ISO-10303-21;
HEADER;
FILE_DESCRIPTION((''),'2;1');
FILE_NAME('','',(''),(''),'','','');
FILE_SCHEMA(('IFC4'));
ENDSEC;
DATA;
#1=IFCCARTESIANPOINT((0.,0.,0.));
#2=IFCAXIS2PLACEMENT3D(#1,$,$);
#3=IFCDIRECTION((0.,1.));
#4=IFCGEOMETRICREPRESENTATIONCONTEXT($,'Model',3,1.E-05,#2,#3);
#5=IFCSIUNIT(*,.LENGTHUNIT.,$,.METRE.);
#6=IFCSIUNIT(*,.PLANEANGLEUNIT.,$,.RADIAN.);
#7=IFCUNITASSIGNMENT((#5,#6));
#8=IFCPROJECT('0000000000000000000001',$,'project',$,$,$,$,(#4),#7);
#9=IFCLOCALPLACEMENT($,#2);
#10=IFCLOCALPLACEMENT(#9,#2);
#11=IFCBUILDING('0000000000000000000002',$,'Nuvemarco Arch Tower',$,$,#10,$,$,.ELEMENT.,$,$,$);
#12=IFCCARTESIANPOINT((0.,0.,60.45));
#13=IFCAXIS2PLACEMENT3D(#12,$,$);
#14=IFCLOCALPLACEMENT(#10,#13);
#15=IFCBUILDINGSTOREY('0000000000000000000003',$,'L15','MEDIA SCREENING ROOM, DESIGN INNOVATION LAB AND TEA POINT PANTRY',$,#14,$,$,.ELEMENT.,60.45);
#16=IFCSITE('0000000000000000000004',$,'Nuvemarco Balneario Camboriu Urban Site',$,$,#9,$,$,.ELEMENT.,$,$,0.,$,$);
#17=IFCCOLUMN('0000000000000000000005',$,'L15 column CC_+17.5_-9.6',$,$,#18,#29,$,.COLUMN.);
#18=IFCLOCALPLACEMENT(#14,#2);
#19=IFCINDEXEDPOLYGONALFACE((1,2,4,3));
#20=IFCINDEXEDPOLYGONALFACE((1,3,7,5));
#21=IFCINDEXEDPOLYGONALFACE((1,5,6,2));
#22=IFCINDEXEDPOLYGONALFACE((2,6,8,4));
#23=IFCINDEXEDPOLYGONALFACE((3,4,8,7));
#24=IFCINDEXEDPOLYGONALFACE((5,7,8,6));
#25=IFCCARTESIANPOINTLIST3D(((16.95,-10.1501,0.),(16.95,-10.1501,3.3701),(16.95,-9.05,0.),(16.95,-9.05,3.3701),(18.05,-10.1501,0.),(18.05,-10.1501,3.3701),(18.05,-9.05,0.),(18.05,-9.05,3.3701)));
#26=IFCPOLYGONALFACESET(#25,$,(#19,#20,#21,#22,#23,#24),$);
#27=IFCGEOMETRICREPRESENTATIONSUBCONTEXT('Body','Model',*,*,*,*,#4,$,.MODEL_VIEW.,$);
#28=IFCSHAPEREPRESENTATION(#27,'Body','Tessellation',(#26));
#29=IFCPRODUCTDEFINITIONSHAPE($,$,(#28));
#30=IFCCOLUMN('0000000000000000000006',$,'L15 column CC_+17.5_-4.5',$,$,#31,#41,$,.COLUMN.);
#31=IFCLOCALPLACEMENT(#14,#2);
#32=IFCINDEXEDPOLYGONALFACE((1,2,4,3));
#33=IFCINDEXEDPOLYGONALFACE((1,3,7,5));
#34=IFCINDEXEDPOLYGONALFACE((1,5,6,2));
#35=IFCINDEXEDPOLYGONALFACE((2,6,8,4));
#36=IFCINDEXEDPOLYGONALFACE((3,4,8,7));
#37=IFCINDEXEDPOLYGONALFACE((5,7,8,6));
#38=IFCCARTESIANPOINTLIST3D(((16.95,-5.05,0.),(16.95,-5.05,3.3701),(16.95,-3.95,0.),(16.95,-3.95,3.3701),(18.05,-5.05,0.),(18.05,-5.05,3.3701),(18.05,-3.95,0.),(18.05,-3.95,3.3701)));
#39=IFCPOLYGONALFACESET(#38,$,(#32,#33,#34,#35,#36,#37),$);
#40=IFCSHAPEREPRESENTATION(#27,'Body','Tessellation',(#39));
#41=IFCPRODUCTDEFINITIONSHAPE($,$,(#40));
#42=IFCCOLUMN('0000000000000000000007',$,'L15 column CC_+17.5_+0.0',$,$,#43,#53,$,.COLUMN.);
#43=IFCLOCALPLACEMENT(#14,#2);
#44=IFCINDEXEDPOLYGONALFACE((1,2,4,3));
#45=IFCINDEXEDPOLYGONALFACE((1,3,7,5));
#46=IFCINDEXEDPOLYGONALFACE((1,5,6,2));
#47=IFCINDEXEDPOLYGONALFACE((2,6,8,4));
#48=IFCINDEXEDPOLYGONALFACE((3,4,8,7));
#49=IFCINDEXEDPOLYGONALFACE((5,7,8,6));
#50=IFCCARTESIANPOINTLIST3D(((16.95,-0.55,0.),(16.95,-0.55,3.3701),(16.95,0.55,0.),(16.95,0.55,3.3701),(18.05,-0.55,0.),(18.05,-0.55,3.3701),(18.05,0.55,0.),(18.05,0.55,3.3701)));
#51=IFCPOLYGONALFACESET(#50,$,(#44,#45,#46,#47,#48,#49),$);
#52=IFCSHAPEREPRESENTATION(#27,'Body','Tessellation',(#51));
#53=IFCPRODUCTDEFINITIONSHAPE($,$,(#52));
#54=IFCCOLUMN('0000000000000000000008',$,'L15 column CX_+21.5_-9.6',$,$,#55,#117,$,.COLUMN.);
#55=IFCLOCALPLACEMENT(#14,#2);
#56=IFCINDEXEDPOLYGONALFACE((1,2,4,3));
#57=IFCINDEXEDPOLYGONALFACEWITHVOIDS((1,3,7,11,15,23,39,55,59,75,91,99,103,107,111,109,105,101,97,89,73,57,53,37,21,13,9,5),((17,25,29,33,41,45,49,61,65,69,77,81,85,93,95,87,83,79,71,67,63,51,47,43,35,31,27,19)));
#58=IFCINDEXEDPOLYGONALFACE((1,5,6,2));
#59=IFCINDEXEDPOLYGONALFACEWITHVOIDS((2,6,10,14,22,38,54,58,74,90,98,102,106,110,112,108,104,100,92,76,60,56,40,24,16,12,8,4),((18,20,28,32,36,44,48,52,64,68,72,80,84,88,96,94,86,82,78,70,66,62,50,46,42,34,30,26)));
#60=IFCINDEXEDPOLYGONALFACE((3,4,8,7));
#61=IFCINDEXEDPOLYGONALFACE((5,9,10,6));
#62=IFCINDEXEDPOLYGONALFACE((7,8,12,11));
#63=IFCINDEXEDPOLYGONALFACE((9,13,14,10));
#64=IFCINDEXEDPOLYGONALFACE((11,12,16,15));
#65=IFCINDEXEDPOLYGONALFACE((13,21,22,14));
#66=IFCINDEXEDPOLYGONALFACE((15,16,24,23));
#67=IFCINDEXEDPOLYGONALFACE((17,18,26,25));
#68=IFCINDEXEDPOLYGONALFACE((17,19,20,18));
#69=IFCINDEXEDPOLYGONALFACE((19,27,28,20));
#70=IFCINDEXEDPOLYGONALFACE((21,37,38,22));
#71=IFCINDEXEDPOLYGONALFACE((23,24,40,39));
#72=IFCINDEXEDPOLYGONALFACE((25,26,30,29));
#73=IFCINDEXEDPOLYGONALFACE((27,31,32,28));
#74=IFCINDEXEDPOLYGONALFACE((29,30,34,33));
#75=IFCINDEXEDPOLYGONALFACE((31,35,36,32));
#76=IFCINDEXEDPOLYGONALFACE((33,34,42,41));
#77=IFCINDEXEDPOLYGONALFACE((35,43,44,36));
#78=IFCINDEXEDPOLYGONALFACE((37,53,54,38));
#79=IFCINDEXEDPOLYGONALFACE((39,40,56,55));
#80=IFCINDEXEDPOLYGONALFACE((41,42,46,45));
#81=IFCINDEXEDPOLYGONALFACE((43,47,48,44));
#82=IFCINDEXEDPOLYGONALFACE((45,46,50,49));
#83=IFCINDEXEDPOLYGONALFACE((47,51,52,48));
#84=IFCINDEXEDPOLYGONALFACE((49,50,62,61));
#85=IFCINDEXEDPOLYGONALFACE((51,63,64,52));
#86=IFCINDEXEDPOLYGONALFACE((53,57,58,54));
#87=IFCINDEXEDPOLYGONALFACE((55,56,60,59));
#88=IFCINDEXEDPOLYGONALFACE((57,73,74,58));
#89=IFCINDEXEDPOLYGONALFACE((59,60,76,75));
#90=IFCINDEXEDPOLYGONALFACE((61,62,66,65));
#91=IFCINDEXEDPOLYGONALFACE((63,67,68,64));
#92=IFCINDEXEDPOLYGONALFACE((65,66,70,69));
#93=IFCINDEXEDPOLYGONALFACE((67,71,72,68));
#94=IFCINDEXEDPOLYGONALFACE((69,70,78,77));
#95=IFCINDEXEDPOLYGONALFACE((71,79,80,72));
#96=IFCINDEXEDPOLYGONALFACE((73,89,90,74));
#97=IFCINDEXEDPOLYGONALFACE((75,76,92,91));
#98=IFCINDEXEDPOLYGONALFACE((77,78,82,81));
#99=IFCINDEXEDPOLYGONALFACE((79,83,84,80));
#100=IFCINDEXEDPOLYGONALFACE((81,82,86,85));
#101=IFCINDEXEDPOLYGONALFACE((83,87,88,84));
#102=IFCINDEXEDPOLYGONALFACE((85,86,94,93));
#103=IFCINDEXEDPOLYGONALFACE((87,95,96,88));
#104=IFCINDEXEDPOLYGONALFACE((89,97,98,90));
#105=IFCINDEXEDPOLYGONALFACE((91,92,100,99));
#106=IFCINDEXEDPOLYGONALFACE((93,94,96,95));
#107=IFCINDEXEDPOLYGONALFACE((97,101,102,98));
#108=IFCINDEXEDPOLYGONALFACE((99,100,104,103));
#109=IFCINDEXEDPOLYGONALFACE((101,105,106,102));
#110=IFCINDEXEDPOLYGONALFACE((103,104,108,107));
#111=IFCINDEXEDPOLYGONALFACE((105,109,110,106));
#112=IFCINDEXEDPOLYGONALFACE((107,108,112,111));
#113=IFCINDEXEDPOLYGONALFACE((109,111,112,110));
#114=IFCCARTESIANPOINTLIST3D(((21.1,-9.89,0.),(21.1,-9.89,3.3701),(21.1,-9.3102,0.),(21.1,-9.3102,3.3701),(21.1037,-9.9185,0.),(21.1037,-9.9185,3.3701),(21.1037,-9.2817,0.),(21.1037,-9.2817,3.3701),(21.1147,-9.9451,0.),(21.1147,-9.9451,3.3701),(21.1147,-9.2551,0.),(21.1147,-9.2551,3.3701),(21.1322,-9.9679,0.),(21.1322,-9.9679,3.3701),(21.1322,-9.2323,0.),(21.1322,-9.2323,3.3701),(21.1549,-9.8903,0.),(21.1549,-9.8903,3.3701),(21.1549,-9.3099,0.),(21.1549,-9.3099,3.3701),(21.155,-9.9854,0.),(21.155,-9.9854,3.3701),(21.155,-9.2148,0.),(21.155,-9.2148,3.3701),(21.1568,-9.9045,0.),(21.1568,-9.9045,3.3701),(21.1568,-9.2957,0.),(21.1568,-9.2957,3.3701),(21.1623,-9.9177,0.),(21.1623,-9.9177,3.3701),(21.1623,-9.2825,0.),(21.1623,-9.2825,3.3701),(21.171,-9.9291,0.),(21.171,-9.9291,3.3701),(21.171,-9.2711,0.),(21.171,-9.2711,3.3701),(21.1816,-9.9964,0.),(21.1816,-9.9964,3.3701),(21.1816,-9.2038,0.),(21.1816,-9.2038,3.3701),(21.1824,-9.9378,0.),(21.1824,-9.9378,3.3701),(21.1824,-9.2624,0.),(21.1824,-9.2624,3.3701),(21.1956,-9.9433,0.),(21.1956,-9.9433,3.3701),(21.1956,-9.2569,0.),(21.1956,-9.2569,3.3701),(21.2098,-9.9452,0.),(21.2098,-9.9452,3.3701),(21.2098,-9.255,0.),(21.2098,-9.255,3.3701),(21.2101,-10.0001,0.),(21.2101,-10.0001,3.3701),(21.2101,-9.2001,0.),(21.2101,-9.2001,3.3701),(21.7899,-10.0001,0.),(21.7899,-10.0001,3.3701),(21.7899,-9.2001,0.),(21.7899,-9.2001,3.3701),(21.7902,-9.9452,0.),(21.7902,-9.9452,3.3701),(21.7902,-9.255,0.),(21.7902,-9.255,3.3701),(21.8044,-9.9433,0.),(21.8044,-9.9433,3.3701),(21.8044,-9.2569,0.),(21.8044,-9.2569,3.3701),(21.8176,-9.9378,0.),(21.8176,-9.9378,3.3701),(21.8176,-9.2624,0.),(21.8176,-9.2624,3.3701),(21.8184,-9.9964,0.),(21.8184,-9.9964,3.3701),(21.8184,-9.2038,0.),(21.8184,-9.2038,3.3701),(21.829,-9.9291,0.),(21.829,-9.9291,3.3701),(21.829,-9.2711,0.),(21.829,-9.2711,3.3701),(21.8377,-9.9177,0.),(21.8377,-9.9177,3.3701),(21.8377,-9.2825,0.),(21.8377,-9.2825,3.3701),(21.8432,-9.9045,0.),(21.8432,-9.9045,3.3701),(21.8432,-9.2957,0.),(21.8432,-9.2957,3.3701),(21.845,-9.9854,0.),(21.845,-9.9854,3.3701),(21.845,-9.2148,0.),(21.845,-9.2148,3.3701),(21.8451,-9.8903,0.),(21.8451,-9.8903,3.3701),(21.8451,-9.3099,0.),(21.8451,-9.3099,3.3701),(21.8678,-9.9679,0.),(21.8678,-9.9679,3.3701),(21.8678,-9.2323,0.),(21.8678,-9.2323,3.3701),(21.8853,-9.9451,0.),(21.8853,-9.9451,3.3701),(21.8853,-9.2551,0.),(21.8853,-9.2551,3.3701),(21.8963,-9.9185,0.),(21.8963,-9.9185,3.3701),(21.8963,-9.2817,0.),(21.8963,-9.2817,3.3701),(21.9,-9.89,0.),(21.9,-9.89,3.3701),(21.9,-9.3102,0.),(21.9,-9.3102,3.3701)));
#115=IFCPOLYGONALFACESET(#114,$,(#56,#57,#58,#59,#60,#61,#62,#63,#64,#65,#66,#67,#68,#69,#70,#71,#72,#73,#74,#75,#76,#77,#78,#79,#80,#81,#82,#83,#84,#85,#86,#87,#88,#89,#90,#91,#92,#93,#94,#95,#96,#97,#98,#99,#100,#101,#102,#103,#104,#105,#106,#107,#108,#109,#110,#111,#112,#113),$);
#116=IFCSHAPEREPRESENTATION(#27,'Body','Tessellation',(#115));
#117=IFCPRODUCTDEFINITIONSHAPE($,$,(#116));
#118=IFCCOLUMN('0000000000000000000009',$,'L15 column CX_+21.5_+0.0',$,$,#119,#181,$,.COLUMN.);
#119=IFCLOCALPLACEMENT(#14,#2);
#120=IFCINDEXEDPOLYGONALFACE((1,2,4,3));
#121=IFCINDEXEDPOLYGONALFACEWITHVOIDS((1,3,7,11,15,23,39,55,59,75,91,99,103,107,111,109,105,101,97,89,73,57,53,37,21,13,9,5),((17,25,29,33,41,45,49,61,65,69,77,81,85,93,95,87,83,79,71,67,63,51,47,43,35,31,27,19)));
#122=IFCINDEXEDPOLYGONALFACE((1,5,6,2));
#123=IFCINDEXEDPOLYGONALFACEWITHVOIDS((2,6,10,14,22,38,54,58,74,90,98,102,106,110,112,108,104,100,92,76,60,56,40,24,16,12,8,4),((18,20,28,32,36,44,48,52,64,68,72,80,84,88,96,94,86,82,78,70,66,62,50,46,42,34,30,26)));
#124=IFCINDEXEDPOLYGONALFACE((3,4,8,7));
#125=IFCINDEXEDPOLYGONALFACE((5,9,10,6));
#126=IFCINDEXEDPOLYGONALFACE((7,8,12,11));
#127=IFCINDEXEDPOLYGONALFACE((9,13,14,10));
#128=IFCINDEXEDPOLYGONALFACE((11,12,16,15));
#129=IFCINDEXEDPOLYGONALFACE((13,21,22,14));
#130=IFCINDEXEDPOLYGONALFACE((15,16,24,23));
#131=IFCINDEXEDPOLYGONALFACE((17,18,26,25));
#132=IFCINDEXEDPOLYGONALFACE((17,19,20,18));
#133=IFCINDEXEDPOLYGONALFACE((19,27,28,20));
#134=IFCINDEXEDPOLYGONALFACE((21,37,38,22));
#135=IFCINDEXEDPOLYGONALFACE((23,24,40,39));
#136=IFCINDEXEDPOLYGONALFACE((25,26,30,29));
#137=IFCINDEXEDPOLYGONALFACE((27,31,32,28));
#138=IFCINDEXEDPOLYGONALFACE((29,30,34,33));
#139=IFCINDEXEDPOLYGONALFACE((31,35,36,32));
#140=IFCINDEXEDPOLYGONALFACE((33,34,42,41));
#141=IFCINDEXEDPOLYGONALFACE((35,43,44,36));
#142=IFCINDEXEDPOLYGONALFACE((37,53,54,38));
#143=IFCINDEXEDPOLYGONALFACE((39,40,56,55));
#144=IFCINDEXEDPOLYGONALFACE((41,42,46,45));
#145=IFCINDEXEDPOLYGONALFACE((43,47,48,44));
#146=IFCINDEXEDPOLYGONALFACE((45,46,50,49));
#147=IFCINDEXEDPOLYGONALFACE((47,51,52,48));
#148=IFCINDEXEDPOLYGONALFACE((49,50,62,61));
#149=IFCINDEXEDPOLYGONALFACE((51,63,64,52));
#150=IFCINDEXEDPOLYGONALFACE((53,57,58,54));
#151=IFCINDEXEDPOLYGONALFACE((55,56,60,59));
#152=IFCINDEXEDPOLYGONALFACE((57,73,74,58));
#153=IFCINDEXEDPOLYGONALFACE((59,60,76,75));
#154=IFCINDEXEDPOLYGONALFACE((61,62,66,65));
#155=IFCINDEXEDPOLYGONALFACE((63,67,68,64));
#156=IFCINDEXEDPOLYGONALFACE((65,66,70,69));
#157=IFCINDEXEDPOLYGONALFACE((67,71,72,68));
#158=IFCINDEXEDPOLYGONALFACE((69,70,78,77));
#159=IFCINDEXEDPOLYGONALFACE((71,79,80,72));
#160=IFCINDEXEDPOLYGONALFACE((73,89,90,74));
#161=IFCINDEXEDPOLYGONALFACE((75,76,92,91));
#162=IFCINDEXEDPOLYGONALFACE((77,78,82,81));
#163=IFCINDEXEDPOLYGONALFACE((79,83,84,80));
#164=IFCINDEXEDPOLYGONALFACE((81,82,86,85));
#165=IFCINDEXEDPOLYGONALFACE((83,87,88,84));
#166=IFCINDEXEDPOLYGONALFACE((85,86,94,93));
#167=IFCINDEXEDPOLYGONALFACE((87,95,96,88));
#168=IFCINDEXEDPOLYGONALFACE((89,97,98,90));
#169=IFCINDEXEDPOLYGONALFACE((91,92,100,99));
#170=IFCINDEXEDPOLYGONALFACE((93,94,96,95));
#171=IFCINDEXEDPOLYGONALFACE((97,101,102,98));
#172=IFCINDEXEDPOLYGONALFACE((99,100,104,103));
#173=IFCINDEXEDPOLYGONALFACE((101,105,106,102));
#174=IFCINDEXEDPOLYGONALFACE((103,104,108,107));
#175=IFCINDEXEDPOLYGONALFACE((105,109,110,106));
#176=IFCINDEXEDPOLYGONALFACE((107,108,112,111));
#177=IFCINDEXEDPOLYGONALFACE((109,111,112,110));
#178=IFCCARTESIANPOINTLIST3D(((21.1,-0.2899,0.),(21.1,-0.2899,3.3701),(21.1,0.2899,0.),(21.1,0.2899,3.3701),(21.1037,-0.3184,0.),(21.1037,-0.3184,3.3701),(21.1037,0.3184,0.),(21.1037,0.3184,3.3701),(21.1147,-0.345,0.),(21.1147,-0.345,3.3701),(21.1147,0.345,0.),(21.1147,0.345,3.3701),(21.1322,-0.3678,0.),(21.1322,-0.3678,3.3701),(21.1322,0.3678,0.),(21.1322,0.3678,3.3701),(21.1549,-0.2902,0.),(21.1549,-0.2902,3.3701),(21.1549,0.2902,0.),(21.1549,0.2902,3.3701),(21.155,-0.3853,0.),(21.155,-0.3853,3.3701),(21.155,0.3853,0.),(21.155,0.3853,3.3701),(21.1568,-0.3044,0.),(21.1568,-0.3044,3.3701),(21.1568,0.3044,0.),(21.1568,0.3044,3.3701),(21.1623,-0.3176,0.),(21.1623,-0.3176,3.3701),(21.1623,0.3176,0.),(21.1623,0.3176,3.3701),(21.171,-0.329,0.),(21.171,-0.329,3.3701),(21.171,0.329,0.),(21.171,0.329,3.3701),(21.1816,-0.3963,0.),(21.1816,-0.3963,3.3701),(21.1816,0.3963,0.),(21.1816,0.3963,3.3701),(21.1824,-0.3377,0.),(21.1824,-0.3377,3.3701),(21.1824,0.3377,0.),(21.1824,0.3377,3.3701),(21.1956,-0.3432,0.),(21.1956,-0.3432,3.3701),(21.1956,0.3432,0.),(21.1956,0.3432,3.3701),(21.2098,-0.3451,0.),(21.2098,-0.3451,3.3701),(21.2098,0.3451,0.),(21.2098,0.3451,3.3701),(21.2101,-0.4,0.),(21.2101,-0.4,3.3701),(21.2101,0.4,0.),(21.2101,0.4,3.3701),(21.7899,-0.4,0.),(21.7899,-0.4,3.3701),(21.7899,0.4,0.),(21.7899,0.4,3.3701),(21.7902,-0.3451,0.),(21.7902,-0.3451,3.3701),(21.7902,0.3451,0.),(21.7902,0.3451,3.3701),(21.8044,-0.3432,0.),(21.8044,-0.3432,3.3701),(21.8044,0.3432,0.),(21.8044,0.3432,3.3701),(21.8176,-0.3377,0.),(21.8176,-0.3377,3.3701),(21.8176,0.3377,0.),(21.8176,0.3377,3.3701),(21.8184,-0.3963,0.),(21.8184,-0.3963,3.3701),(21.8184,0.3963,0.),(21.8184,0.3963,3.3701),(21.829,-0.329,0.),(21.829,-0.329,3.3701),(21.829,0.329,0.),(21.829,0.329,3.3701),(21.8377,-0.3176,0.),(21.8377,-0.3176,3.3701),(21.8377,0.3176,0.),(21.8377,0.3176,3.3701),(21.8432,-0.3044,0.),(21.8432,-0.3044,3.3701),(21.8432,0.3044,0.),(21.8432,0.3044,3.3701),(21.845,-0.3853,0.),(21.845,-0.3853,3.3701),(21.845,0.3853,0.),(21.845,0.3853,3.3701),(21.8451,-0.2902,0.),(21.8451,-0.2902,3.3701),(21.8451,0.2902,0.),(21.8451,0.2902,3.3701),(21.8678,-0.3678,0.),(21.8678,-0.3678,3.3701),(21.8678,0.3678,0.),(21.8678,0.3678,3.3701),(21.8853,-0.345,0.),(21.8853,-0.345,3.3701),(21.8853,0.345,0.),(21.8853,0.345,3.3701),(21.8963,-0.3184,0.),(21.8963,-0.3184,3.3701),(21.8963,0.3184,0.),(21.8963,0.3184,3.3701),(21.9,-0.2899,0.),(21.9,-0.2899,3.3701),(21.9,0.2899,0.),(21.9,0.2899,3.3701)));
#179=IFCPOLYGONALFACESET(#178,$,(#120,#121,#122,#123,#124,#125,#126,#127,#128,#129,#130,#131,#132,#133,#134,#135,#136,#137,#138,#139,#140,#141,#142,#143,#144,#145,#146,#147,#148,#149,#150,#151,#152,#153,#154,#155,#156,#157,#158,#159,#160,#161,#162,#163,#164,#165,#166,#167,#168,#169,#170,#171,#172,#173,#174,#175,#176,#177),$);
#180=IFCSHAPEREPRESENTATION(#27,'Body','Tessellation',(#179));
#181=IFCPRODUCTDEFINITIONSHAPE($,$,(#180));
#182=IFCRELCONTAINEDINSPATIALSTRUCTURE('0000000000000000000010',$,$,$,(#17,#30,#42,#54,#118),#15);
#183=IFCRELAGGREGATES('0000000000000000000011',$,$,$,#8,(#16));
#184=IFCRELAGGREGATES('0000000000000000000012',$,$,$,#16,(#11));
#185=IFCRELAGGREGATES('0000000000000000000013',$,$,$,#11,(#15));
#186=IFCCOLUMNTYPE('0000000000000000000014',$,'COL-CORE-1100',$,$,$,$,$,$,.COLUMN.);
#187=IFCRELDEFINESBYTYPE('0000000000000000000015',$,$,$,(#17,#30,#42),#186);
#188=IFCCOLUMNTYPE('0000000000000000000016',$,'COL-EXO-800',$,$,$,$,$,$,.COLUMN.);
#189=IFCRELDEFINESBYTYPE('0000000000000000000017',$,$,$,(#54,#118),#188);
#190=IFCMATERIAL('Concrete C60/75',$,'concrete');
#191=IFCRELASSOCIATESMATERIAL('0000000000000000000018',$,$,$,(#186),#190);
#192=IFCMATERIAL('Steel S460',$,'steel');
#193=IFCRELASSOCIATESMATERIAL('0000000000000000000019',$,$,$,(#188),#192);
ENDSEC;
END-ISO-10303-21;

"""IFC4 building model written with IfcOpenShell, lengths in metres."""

from ifc_helpers import new_model, si_unit, direction, frame, origin, origin_2d, place, context, subcontext, project, spatial, rectangle, hollow_rectangle, extrude, material, material_profile, profile_set, type_object, element, save


model = new_model("IFC4")

# Units and contexts
model_context = context("Model", 3, precision=1e-05, world=origin(), true_north=direction((0.0, 1.0)))
body_context = subcontext(model_context, "Body", "Model", "MODEL_VIEW")
ifc_project = project(units=[si_unit("LENGTHUNIT", "METRE"), si_unit("PLANEANGLEUNIT", "RADIAN")], contexts=[model_context])

# Site, building, storey
site_placement = place(None, origin())
site = spatial("IfcSite", under=ifc_project, at=site_placement, Name="Nuvemarco Balneario Camboriu Urban Site", CompositionType="ELEMENT", RefElevation=0.0)
building_placement = place(site_placement, origin())
building = spatial("IfcBuilding", under=site, at=building_placement, Name="Nuvemarco Arch Tower", CompositionType="ELEMENT")
storey_placement = place(building_placement, frame((0.0, 0.0, 60.45)))
storey = spatial("IfcBuildingStorey", under=building, at=storey_placement, Name="L15", Description="MEDIA SCREENING ROOM, DESIGN INNOVATION LAB AND TEA POINT PANTRY", CompositionType="ELEMENT", Elevation=60.45)

# Columns
ifc_material_1 = material(Name="Concrete C60/75", Category="concrete")
ifc_material_profile_1 = material_profile(ifc_material_1, rectangle(XDim=1.1001, YDim=1.1001, at=origin_2d()), Name="RC-COL-1100x1100")
ifc_profile_set_1 = profile_set([ifc_material_profile_1], Name="Concrete C60/75")
column_type_1 = type_object("IfcColumnType", Name="COL-CORE-1100", PredefinedType="COLUMN", material=ifc_profile_set_1)
for number, where, z_axis, x_axis, name in (
    (1, (17.5, -9.6001, 0.0), (0.0, 0.0, 1.0), (1.0, 0.0, 0.0), "L15 column CC_+17.5_-9.6"),
    (2, (17.5, -4.5, 0.0), (0.0, 0.0, 1.0), (1.0, 0.0, 0.0), "L15 column CC_+17.5_-4.5"),
    (3, (17.5, 0.0, 0.0), (0.0, 0.0, 1.0), (1.0, 0.0, 0.0), "L15 column CC_+17.5_+0.0"),
):
    element("IfcColumn", number, at=place(storey_placement, frame(where, z_axis=z_axis, x_axis=x_axis)), inside=storey, type_object=column_type_1, Name=name, PredefinedType="COLUMN", context=body_context, shape_type="SweptSolid", body=[
        extrude(rectangle(XDim=1.1001, YDim=1.1001, at=origin_2d()), origin(), (0.0, 0.0, 1.0), 3.3701),
    ])
ifc_material_2 = material(Name="Steel S460", Category="steel")
ifc_material_profile_2 = material_profile(ifc_material_2, hollow_rectangle(XDim=0.8, YDim=0.8, WallThickness=0.0549, InnerFilletRadius=0.0549, OuterFilletRadius=0.1101, at=origin_2d()), Name="SHS800x800x55")
ifc_profile_set_2 = profile_set([ifc_material_profile_2], Name="Steel S460")
column_type_2 = type_object("IfcColumnType", Name="COL-EXO-800", PredefinedType="COLUMN", material=ifc_profile_set_2)
for number, where, z_axis, x_axis, name in (
    (4, (21.5, -9.6001, 0.0), (0.0, 0.0, 1.0), (1.0, 0.0, 0.0), "L15 column CX_+21.5_-9.6"),
    (5, (21.5, 0.0, 0.0), (0.0, 0.0, 1.0), (1.0, 0.0, 0.0), "L15 column CX_+21.5_+0.0"),
):
    element("IfcColumn", number, at=place(storey_placement, frame(where, z_axis=z_axis, x_axis=x_axis)), inside=storey, type_object=column_type_2, Name=name, PredefinedType="COLUMN", context=body_context, shape_type="SweptSolid", body=[
        extrude(hollow_rectangle(XDim=0.8, YDim=0.8, WallThickness=0.0549, InnerFilletRadius=0.0549, OuterFilletRadius=0.1101, at=origin_2d()), origin(), (0.0, 0.0, 1.0), 3.3701),
    ])

save(model, "model.ifc")
